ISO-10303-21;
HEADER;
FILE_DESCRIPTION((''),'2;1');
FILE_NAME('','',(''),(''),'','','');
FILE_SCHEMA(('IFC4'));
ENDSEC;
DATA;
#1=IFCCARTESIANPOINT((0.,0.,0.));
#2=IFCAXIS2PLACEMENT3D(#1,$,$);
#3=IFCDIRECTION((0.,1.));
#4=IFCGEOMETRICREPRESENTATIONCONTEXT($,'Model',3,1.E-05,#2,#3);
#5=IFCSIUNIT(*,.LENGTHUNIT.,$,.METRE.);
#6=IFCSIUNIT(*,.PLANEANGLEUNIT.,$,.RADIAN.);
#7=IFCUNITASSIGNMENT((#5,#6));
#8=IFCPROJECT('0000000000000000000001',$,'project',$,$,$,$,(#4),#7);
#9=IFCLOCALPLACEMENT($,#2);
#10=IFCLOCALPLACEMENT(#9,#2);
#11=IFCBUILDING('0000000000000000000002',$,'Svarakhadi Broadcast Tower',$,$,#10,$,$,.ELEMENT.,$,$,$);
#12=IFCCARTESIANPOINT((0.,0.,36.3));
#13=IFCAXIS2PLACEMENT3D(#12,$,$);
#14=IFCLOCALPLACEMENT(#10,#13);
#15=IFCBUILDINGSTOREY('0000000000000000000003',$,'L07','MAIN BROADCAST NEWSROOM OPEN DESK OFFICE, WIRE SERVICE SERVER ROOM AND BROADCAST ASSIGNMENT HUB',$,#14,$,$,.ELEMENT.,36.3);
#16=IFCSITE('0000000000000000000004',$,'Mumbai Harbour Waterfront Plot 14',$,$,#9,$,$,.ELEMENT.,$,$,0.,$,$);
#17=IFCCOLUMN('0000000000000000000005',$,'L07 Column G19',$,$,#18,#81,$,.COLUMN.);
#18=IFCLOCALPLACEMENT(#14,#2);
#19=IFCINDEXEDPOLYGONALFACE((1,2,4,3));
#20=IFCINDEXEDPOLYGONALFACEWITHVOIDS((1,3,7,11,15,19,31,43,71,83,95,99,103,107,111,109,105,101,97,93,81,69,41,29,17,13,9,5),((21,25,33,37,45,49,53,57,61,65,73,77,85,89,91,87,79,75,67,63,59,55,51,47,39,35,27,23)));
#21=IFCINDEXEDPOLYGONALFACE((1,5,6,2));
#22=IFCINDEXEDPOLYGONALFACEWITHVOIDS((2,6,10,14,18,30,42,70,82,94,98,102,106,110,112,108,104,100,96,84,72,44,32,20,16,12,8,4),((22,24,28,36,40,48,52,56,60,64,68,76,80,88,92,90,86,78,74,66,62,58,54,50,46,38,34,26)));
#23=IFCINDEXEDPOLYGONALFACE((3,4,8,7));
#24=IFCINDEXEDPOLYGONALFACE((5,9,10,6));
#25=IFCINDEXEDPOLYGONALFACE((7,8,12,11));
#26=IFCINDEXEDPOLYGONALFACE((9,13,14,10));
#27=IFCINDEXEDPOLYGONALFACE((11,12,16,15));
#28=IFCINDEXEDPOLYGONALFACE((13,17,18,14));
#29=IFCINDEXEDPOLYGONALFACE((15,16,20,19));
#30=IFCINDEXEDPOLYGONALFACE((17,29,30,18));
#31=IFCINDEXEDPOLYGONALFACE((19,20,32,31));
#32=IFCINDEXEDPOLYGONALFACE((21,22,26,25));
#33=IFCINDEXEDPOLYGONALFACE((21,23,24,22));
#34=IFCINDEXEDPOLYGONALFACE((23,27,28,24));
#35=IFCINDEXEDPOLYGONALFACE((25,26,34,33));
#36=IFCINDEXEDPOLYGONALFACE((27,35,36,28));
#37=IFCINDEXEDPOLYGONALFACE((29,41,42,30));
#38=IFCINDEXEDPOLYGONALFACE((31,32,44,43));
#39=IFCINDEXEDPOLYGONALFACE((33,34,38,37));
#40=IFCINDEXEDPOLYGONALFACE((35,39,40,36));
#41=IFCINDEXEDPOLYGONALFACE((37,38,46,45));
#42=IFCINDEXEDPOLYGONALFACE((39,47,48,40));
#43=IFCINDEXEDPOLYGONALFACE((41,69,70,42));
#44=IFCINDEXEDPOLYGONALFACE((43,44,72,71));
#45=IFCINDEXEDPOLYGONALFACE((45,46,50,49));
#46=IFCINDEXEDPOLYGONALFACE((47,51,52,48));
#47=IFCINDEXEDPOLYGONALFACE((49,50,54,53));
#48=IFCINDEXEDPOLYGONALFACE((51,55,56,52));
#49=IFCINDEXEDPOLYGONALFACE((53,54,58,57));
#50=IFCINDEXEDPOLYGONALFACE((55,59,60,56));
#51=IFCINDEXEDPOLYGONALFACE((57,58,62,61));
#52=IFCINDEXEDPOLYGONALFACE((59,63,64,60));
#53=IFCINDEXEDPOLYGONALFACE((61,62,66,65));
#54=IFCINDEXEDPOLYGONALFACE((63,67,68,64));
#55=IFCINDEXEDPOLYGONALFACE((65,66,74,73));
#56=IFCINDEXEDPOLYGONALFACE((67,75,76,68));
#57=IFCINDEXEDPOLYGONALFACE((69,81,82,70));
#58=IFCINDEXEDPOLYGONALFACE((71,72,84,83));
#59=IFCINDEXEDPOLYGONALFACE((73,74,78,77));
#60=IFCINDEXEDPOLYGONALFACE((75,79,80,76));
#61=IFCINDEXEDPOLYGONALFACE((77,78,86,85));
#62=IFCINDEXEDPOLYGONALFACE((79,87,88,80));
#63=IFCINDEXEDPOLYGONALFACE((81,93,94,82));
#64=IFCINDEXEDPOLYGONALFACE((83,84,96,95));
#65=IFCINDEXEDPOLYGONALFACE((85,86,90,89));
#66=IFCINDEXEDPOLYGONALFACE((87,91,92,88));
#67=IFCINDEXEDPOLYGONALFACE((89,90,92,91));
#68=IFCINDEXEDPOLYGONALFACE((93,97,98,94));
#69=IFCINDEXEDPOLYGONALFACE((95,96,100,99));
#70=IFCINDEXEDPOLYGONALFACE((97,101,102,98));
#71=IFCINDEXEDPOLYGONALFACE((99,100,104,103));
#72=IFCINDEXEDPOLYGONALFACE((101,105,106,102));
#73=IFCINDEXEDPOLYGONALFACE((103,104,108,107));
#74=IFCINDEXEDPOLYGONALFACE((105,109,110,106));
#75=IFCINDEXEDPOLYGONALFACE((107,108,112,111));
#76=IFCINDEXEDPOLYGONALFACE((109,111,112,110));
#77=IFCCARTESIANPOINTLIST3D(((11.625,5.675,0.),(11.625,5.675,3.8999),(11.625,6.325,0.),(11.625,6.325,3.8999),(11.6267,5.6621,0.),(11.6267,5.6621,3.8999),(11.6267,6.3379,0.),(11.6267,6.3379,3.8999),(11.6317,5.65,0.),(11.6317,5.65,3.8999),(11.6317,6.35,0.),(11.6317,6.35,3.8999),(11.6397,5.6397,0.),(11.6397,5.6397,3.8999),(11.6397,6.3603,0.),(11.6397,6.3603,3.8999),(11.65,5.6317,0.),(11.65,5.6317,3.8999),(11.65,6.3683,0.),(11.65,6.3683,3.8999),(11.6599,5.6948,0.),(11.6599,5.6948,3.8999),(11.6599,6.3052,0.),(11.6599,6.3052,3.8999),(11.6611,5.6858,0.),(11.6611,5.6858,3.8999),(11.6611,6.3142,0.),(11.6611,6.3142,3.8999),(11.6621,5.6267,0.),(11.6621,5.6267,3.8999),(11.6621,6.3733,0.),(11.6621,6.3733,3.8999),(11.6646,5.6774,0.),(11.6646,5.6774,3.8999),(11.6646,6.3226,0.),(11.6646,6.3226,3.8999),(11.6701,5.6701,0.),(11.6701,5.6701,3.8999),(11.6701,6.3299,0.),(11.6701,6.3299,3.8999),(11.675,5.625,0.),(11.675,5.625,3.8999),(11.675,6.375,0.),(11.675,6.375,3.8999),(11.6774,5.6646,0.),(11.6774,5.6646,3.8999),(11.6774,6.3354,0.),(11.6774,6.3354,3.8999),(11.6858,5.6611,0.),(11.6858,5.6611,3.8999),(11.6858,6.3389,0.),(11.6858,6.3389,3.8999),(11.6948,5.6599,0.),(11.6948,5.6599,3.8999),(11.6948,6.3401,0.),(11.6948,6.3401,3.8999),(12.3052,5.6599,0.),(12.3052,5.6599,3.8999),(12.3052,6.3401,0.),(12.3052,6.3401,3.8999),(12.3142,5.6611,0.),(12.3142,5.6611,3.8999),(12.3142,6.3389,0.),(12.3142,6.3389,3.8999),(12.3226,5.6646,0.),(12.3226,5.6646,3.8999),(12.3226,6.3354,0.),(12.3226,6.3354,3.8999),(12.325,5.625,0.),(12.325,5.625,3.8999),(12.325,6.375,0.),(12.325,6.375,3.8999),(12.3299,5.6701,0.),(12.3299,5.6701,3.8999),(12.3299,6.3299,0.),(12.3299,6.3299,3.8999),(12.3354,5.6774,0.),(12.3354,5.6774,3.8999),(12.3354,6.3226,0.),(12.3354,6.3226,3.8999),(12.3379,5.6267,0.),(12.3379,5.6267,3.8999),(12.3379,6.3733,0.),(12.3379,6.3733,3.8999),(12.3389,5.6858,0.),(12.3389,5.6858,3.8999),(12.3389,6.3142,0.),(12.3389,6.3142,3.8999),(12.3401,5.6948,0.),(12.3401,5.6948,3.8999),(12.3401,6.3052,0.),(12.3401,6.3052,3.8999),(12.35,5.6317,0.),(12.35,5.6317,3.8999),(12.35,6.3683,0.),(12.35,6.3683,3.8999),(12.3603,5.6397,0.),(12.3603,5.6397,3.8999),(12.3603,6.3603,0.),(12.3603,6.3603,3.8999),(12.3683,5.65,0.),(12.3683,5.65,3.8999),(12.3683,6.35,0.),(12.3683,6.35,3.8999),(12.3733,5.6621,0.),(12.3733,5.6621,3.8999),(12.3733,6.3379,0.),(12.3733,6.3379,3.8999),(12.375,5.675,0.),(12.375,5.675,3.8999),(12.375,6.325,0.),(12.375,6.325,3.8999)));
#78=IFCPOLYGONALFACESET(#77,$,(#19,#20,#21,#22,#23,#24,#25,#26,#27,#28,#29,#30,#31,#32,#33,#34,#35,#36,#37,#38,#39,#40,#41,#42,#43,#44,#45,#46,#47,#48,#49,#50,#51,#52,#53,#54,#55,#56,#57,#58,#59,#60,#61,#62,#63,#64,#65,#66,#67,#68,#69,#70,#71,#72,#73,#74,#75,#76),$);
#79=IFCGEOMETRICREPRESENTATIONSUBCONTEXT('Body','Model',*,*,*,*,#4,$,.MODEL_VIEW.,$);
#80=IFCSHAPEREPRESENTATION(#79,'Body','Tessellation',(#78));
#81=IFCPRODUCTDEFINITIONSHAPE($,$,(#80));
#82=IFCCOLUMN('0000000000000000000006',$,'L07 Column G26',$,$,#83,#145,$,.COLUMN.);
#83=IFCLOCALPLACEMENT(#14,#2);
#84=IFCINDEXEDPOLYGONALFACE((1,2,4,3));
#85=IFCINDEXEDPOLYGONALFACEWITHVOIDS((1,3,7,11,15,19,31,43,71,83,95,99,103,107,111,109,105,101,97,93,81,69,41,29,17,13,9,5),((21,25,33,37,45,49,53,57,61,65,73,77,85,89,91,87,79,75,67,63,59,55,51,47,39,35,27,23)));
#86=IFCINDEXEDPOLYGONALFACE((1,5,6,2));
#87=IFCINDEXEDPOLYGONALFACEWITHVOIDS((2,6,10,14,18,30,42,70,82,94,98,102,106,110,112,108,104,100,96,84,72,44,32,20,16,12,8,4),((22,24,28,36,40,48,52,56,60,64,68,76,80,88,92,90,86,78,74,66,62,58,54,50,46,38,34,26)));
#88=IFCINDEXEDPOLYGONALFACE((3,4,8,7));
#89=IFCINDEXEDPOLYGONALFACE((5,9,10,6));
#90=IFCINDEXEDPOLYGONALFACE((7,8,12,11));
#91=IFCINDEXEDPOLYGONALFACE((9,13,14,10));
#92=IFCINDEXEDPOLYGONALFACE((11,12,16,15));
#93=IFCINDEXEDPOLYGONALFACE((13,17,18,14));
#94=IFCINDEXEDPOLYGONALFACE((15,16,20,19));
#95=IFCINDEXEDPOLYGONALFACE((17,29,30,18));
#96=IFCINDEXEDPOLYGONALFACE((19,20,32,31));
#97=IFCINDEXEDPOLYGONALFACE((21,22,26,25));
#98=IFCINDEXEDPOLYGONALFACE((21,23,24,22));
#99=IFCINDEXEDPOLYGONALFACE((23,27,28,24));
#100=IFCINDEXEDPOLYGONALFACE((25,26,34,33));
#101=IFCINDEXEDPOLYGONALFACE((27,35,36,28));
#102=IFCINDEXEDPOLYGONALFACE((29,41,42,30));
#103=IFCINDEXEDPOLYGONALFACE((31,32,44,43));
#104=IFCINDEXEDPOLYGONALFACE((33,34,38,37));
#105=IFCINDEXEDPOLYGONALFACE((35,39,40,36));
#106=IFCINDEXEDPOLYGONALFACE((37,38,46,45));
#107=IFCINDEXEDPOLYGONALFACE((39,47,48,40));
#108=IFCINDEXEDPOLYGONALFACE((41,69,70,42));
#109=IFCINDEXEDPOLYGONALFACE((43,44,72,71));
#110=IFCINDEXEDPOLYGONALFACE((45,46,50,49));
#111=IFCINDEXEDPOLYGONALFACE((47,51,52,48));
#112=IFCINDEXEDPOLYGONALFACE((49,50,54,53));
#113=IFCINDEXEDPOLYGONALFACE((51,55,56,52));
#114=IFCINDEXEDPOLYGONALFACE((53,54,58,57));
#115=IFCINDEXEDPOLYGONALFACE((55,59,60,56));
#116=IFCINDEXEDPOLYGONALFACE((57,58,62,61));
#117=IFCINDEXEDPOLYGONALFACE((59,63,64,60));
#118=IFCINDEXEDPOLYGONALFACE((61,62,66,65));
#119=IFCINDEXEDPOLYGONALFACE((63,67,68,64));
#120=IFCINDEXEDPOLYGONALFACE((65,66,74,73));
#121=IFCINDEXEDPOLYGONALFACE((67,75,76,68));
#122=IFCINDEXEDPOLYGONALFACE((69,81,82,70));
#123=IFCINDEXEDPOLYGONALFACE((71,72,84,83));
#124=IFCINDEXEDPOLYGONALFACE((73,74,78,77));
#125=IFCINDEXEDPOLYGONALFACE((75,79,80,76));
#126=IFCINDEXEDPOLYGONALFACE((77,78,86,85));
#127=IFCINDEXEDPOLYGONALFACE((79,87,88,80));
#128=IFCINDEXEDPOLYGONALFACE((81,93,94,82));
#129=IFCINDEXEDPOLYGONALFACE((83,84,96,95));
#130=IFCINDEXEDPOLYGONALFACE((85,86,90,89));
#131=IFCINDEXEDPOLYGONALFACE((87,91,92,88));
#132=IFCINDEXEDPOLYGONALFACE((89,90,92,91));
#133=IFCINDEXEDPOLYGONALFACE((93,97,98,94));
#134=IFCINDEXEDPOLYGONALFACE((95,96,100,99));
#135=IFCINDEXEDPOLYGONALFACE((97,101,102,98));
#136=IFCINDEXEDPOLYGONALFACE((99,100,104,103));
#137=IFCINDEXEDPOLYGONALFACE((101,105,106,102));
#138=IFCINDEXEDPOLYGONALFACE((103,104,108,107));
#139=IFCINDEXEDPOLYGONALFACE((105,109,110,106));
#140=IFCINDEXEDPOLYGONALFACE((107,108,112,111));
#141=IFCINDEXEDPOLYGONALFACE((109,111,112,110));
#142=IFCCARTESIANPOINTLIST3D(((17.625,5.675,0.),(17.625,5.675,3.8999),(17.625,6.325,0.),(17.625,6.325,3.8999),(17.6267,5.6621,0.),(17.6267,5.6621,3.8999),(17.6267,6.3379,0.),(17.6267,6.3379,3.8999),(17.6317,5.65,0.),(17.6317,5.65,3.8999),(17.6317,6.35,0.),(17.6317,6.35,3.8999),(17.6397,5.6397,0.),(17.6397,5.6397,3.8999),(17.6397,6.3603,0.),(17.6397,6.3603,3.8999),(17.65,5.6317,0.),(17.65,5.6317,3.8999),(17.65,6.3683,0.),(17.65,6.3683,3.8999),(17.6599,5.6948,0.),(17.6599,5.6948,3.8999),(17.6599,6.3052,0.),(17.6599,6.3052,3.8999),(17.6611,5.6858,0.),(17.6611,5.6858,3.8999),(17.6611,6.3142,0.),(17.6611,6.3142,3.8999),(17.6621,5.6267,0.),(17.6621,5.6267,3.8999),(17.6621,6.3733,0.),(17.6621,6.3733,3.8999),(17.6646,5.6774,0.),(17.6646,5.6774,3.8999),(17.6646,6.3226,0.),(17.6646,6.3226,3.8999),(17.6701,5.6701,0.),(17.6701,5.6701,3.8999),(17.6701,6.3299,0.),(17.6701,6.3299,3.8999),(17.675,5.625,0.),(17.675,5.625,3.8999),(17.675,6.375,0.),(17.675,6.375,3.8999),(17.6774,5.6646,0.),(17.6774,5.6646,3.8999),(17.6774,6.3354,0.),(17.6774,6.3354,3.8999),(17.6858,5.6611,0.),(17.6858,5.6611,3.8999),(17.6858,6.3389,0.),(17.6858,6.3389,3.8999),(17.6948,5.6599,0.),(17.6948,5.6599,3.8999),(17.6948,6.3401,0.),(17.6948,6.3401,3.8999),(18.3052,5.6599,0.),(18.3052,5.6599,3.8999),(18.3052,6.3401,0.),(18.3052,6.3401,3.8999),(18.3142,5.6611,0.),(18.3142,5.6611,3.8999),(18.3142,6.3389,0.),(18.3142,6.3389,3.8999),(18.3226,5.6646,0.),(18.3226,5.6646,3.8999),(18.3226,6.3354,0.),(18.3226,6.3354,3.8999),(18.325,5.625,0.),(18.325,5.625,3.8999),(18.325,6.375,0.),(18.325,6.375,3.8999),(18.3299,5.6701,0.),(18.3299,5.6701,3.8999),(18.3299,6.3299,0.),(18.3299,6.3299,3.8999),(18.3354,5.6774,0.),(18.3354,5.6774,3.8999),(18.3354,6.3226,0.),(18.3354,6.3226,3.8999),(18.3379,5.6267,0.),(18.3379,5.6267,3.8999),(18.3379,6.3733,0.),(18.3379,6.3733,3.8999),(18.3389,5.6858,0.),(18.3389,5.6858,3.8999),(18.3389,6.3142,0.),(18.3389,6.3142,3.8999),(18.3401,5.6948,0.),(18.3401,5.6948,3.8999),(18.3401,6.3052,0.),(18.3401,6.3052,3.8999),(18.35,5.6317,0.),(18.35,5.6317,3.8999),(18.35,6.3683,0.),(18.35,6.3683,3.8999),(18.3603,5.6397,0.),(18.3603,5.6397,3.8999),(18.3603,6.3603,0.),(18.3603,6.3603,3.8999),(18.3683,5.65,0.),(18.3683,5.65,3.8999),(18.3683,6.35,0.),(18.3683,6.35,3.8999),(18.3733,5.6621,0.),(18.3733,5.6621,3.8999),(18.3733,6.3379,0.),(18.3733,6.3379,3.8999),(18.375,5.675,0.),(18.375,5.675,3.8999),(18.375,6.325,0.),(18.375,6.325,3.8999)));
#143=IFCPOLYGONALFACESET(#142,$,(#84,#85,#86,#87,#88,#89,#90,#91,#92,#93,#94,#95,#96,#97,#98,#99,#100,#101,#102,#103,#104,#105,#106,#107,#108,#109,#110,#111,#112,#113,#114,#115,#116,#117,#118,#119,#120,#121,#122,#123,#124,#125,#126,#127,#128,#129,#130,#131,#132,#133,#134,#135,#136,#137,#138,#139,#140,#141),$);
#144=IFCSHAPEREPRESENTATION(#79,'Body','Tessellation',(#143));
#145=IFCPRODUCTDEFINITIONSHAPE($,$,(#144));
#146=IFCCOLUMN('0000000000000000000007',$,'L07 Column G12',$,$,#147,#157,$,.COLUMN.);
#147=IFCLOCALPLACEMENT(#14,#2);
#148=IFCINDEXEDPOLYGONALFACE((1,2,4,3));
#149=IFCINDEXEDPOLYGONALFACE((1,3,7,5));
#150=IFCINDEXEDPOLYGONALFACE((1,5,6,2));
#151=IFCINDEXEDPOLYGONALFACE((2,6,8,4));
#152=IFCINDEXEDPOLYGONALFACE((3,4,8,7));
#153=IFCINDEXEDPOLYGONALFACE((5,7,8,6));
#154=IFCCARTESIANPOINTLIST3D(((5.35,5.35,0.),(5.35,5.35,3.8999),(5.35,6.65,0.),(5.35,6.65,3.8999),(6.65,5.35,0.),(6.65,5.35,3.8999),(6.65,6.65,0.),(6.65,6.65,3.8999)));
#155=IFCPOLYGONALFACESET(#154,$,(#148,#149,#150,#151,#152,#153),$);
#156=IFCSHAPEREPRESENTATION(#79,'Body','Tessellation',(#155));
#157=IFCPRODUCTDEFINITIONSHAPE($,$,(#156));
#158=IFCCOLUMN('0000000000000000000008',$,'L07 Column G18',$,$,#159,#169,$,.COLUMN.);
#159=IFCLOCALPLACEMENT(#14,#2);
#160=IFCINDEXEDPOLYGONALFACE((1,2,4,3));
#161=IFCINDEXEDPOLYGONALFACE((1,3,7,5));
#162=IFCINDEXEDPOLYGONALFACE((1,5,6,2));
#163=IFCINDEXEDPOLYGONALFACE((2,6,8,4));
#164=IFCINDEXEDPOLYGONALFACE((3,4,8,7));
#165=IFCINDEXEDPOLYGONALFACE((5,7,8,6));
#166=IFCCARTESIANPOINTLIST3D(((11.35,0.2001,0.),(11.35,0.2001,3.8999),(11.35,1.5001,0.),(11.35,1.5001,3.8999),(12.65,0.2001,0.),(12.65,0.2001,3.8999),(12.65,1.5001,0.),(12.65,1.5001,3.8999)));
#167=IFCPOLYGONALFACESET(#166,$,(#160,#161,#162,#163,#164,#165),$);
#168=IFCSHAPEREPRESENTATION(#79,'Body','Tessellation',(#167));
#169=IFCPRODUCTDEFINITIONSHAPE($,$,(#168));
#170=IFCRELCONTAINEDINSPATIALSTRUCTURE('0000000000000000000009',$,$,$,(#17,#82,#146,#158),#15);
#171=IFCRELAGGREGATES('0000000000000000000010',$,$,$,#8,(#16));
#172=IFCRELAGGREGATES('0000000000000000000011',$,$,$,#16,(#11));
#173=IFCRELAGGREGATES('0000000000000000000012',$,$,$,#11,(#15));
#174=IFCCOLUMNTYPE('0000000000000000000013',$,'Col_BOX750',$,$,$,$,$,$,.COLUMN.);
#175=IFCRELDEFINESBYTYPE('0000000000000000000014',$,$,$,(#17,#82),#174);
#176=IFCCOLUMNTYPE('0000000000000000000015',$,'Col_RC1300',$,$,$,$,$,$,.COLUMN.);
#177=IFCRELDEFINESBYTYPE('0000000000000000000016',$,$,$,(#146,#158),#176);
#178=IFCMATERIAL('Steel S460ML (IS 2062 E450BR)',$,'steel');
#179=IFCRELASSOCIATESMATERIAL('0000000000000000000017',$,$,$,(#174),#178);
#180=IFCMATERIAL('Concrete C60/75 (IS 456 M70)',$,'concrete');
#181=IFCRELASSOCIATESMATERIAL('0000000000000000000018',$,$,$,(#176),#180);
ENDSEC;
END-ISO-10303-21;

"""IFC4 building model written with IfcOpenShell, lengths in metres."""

from ifc_helpers import new_model, si_unit, direction, frame, origin, origin_2d, place, context, subcontext, project, spatial, rectangle, hollow_rectangle, extrude, material, material_profile, profile_set, type_object, element, save


model = new_model("IFC4")

# Units and contexts
model_context = context("Model", 3, precision=1e-05, world=origin(), true_north=direction((0.0, 1.0)))
body_context = subcontext(model_context, "Body", "Model", "MODEL_VIEW")
ifc_project = project(units=[si_unit("LENGTHUNIT", "METRE"), si_unit("PLANEANGLEUNIT", "RADIAN")], contexts=[model_context])

# Site, building, storey
site_placement = place(None, origin())
site = spatial("IfcSite", under=ifc_project, at=site_placement, Name="Mumbai Harbour Waterfront Plot 14", CompositionType="ELEMENT", RefElevation=0.0)
building_placement = place(site_placement, origin())
building = spatial("IfcBuilding", under=site, at=building_placement, Name="Svarakhadi Broadcast Tower", CompositionType="ELEMENT")
storey_placement = place(building_placement, frame((0.0, 0.0, 36.3)))
storey = spatial("IfcBuildingStorey", under=building, at=storey_placement, Name="L07", Description="MAIN BROADCAST NEWSROOM OPEN DESK OFFICE, WIRE SERVICE SERVER ROOM AND BROADCAST ASSIGNMENT HUB", CompositionType="ELEMENT", Elevation=36.3)

# Columns
ifc_material_1 = material(Name="Steel S460ML (IS 2062 E450BR)", Category="steel")
ifc_material_profile_1 = material_profile(ifc_material_1, hollow_rectangle(XDim=0.75, YDim=0.75, WallThickness=0.0349, InnerFilletRadius=0.0349, OuterFilletRadius=0.05, at=origin_2d()), Name="BOX 750x750x35")
ifc_profile_set_1 = profile_set([ifc_material_profile_1], Name="Steel S460ML (IS 2062 E450BR)")
column_type_1 = type_object("IfcColumnType", Name="Col_BOX750", PredefinedType="COLUMN", material=ifc_profile_set_1)
for number, where, z_axis, x_axis, name in (
    (1, (12.0, 6.0, 0.0), (0.0, 0.0, 1.0), (1.0, 0.0, 0.0), "L07 Column G19"),
    (2, (18.0, 6.0, 0.0), (0.0, 0.0, 1.0), (1.0, 0.0, 0.0), "L07 Column G26"),
):
    element("IfcColumn", number, at=place(storey_placement, frame(where, z_axis=z_axis, x_axis=x_axis)), inside=storey, type_object=column_type_1, Name=name, PredefinedType="COLUMN", context=body_context, shape_type="SweptSolid", body=[
        extrude(hollow_rectangle(XDim=0.75, YDim=0.75, WallThickness=0.0349, InnerFilletRadius=0.0349, OuterFilletRadius=0.05, at=origin_2d()), origin(), (0.0, 0.0, 1.0), 3.8999),
    ])
ifc_material_2 = material(Name="Concrete C60/75 (IS 456 M70)", Category="concrete")
ifc_material_profile_2 = material_profile(ifc_material_2, rectangle(XDim=1.3, YDim=1.3, at=origin_2d()), Name="RC 1300x1300")
ifc_profile_set_2 = profile_set([ifc_material_profile_2], Name="Concrete C60/75 (IS 456 M70)")
column_type_2 = type_object("IfcColumnType", Name="Col_RC1300", PredefinedType="COLUMN", material=ifc_profile_set_2)
for number, where, z_axis, x_axis, name in (
    (3, (6.0, 6.0, 0.0), (0.0, 0.0, 1.0), (1.0, 0.0, 0.0), "L07 Column G12"),
    (4, (12.0, 0.8501, 0.0), (0.0, 0.0, 1.0), (1.0, 0.0, 0.0), "L07 Column G18"),
):
    element("IfcColumn", number, at=place(storey_placement, frame(where, z_axis=z_axis, x_axis=x_axis)), inside=storey, type_object=column_type_2, Name=name, PredefinedType="COLUMN", context=body_context, shape_type="SweptSolid", body=[
        extrude(rectangle(XDim=1.3, YDim=1.3, at=origin_2d()), origin(), (0.0, 0.0, 1.0), 3.8999),
    ])

save(model, "model.ifc")
